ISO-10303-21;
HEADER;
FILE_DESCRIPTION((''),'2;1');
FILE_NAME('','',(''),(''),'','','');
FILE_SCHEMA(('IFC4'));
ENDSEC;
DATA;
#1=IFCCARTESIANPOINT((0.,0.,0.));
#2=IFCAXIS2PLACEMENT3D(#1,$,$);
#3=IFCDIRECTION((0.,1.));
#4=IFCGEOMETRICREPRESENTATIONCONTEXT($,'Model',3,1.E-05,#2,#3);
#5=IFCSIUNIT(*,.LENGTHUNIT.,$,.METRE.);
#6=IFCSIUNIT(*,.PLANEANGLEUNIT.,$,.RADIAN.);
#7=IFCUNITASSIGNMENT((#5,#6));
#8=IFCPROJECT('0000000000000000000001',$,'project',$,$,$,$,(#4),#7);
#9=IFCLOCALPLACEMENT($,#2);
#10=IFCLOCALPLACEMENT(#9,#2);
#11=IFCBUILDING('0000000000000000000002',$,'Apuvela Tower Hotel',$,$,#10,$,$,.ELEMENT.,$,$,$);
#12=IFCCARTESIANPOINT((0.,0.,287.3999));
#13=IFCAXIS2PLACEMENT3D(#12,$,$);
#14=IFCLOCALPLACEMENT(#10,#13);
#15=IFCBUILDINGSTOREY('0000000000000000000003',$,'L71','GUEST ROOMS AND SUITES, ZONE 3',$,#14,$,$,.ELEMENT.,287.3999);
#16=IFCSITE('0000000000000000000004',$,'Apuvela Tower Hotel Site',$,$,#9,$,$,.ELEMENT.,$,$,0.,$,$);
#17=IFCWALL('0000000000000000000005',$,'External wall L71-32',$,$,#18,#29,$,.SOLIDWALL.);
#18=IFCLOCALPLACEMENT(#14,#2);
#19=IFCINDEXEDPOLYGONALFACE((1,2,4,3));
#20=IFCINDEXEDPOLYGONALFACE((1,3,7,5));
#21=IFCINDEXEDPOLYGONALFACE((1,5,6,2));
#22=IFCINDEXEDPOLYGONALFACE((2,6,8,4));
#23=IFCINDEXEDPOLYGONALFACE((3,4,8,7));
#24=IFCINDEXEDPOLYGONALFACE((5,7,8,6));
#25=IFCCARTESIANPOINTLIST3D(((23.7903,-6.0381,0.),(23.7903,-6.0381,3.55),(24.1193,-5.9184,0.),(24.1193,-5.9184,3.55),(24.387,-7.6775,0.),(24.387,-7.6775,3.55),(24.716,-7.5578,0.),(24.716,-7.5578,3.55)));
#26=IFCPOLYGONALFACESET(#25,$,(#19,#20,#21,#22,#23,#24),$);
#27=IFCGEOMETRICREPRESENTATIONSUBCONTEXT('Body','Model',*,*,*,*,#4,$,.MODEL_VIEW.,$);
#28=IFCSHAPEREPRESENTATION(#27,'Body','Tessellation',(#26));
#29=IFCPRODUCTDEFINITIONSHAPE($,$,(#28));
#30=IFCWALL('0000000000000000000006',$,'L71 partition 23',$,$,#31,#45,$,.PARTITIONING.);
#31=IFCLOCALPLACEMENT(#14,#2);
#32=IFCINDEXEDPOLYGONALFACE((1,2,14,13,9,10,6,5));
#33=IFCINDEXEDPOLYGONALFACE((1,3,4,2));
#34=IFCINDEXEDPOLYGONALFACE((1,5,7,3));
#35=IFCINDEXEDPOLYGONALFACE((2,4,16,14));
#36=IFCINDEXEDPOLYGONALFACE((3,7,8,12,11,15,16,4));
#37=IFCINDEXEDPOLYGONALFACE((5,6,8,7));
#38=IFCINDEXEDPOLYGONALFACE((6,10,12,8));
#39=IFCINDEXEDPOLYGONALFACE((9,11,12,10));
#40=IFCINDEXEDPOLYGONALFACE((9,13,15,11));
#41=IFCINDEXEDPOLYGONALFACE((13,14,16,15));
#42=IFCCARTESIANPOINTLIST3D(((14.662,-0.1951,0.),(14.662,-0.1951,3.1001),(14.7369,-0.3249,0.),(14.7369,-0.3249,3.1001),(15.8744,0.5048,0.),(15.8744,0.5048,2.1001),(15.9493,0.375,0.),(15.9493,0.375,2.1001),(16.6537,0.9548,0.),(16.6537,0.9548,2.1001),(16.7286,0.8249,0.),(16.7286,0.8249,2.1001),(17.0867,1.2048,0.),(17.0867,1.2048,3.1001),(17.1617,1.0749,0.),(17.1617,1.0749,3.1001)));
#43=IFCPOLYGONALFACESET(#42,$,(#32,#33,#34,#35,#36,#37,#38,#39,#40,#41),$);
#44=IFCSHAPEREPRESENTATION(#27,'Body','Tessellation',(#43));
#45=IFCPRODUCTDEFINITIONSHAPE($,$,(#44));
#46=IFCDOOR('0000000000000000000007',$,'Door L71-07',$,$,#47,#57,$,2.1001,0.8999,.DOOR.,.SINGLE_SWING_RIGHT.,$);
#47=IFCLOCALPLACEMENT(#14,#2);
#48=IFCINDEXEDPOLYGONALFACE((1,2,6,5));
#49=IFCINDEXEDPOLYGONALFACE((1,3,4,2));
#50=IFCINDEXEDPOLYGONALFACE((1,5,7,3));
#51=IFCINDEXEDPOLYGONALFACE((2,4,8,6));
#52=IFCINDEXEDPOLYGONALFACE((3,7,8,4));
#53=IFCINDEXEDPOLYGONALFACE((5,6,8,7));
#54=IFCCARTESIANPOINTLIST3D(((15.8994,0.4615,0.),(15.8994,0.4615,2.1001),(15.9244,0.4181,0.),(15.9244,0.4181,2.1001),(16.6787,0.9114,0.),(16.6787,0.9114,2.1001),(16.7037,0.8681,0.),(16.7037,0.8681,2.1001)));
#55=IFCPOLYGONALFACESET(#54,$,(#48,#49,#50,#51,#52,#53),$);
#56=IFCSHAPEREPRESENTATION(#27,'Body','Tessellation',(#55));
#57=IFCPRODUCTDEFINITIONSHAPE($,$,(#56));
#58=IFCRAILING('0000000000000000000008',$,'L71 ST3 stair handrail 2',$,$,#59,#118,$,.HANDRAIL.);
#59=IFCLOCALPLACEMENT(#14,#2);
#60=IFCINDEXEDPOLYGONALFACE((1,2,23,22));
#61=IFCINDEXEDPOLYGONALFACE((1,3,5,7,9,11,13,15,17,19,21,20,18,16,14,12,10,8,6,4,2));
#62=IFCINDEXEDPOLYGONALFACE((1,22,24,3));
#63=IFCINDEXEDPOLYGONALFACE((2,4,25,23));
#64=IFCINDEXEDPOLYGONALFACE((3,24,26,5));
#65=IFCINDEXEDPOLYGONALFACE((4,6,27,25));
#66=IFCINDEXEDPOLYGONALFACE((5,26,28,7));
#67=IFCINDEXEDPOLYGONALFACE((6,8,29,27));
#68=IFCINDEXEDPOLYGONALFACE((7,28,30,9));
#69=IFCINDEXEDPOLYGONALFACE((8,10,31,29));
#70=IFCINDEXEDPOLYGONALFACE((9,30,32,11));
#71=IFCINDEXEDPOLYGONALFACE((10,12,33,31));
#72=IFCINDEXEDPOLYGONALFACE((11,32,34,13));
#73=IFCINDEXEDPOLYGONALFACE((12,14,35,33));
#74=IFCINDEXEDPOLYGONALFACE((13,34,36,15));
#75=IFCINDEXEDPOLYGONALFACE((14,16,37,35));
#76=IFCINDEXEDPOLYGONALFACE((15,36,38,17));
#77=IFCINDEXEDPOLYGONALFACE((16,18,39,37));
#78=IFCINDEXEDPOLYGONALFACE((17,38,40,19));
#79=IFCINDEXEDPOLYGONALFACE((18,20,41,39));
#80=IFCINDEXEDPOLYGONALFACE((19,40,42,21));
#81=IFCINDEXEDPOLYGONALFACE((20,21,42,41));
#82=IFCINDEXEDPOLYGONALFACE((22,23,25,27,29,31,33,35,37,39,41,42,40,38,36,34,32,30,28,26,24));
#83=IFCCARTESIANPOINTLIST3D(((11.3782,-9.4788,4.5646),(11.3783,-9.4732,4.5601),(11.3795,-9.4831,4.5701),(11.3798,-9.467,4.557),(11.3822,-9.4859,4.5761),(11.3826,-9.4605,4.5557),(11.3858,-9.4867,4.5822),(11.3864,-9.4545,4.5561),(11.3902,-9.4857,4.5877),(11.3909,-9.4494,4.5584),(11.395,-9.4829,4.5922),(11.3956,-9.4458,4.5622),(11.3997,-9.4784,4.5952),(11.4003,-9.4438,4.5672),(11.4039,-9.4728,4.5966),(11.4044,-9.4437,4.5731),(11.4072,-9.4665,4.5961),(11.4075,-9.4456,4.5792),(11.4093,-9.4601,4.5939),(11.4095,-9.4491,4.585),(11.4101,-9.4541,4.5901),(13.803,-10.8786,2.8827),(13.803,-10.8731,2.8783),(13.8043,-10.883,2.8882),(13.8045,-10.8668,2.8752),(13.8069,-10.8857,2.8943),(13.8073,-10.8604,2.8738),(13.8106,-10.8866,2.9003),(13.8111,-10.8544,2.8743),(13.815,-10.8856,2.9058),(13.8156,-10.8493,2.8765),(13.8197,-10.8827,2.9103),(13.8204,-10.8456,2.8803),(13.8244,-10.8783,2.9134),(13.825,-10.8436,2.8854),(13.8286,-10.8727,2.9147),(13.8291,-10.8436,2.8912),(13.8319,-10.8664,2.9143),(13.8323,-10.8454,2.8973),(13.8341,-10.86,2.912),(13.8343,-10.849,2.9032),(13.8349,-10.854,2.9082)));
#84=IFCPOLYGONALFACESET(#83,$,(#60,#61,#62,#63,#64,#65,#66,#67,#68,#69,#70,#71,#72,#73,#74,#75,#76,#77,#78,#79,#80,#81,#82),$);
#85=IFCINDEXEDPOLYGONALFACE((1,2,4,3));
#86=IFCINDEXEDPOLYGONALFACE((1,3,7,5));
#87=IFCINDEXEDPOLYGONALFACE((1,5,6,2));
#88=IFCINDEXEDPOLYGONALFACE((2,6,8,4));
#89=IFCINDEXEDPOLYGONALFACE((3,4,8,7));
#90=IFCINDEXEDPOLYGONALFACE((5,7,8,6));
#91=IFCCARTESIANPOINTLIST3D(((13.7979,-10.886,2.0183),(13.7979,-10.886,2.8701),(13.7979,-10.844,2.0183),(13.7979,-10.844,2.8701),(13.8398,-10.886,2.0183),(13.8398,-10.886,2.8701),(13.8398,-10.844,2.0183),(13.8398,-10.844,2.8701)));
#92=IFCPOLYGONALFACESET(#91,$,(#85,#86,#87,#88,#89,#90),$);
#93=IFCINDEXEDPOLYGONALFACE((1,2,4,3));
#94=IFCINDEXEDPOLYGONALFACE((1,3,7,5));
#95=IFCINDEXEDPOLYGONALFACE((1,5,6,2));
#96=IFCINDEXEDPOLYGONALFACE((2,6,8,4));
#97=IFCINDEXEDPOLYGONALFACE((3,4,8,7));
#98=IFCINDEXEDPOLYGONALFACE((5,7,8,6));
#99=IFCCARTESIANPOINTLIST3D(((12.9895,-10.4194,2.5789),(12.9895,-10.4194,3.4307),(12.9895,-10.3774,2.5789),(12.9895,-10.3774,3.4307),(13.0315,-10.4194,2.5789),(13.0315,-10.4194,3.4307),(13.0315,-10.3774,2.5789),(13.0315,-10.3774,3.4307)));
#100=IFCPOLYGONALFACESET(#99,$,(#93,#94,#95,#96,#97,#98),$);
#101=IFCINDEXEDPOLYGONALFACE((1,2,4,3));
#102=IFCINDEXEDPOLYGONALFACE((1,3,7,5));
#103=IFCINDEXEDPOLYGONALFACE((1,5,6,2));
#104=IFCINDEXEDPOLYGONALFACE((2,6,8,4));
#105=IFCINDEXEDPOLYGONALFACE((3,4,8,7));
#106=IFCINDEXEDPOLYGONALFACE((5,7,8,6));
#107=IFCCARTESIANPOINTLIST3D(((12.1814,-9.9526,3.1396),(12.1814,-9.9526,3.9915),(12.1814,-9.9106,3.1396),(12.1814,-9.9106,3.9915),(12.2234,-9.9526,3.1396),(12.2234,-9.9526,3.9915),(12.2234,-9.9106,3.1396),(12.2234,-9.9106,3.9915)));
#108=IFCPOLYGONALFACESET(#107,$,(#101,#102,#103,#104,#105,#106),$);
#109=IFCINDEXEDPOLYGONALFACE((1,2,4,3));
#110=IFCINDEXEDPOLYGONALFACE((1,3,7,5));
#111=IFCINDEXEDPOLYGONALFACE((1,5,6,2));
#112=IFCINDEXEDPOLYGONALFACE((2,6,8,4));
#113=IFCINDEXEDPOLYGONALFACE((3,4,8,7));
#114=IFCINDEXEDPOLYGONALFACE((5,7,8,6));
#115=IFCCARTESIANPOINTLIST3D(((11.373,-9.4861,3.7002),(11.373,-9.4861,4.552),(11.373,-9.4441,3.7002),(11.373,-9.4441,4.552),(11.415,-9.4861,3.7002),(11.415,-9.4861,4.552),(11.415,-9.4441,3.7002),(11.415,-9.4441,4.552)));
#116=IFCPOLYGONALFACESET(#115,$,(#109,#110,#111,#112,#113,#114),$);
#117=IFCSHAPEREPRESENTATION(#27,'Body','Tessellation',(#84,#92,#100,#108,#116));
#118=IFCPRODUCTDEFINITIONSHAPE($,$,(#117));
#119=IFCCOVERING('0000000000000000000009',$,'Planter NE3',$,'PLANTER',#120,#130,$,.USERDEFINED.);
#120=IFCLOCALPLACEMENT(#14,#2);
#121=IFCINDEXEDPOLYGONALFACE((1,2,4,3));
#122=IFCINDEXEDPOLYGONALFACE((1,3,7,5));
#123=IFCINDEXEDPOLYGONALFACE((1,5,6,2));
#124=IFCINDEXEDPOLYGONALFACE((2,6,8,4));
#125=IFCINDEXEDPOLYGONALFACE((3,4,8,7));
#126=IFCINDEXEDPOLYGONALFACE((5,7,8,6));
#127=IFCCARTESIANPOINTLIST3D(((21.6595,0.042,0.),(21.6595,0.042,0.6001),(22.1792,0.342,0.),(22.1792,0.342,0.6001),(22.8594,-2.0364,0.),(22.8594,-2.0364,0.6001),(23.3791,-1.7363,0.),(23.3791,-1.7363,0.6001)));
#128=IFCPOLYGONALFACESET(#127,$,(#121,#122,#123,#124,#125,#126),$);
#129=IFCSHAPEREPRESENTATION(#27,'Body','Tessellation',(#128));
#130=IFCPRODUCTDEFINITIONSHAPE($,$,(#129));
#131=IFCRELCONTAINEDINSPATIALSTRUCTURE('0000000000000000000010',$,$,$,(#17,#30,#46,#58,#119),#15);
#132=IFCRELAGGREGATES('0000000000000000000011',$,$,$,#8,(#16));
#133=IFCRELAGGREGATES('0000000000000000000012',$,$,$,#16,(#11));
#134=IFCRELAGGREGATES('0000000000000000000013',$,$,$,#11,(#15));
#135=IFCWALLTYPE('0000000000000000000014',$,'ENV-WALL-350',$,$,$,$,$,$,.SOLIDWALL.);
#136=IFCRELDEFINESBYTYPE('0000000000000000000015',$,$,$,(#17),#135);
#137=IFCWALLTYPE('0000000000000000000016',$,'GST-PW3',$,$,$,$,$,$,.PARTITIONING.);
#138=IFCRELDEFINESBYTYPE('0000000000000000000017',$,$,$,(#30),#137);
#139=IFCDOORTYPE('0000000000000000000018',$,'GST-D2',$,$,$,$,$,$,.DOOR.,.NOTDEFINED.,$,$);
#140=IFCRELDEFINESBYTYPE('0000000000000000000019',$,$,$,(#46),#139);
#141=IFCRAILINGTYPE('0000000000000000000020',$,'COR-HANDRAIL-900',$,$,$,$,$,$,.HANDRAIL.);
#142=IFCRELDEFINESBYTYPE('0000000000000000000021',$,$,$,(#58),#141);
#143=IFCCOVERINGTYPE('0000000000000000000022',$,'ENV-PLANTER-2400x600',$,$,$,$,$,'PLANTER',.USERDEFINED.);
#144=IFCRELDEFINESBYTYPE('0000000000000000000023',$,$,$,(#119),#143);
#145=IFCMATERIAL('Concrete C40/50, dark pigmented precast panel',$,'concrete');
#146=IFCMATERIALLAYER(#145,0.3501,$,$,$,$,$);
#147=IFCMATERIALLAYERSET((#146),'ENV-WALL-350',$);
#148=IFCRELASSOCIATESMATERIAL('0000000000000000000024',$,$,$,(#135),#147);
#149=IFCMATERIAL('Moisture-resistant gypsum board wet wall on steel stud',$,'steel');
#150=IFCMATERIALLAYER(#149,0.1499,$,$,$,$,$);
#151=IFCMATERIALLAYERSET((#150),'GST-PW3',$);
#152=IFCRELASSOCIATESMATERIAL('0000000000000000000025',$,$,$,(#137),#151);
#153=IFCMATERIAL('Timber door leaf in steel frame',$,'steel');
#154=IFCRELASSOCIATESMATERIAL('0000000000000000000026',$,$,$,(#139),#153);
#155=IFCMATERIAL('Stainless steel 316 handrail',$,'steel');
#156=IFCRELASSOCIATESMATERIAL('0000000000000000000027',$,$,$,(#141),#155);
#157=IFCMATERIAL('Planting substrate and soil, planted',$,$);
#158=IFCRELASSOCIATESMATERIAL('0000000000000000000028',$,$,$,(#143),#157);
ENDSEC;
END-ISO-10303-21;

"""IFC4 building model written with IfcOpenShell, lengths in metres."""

from ifc_helpers import new_model, si_unit, direction, frame, frame_2d, origin, origin_2d, place, context, subcontext, project, spatial, rectangle, circle, extrude, material, layer, layer_set, type_object, element, fill, save


model = new_model("IFC4")

# Units and contexts
model_context = context("Model", 3, precision=1e-05, world=origin(), true_north=direction((0.0, 1.0)))
body_context = subcontext(model_context, "Body", "Model", "MODEL_VIEW")
ifc_project = project(units=[si_unit("LENGTHUNIT", "METRE"), si_unit("PLANEANGLEUNIT", "RADIAN")], contexts=[model_context])

# Site, building, storey
site_placement = place(None, origin())
site = spatial("IfcSite", under=ifc_project, at=site_placement, Name="Apuvela Tower Hotel Site", CompositionType="ELEMENT", RefElevation=0.0)
building_placement = place(site_placement, origin())
building = spatial("IfcBuilding", under=site, at=building_placement, Name="Apuvela Tower Hotel", CompositionType="ELEMENT")
storey_placement = place(building_placement, frame((0.0, 0.0, 287.3999)))
storey = spatial("IfcBuildingStorey", under=building, at=storey_placement, Name="L71", Description="GUEST ROOMS AND SUITES, ZONE 3", CompositionType="ELEMENT", Elevation=287.3999)

# Wall
ifc_material_1 = material(Name="Concrete C40/50, dark pigmented precast panel", Category="concrete")
ifc_layer_1 = layer(ifc_material_1, 0.3501)
ifc_layer_set_1 = layer_set([ifc_layer_1], Name="ENV-WALL-350")
wall_type_1 = type_object("IfcWallType", Name="ENV-WALL-350", PredefinedType="SOLIDWALL", material=ifc_layer_set_1)
for number, where, z_axis, x_axis, name in (
    (1, (24.5515, -7.6177, 0.0), (0.0, 0.0, 1.0), (-0.342013, 0.939695, 0.0), "External wall L71-32"),
):
    element("IfcWall", number, at=place(storey_placement, frame(where, z_axis=z_axis, x_axis=x_axis)), inside=storey, type_object=wall_type_1, Name=name, PredefinedType="SOLIDWALL", context=body_context, shape_type="SweptSolid", body=[
        extrude(rectangle(XDim=1.7446, YDim=0.3501, at=frame_2d((0.8723, 0.0))), origin(), (0.0, 0.0, 1.0), 3.55),
    ])

# Wall, opening, door
ifc_material_2 = material(Name="Moisture-resistant gypsum board wet wall on steel stud", Category="steel")
ifc_layer_2 = layer(ifc_material_2, 0.1499)
ifc_layer_set_2 = layer_set([ifc_layer_2], Name="GST-PW3")
wall_type_2 = type_object("IfcWallType", Name="GST-PW3", PredefinedType="PARTITIONING", material=ifc_layer_set_2)
wall_1_placement = place(storey_placement, frame((14.6995, -0.26, 0.0), z_axis=(0.0, 0.0, 1.0), x_axis=(0.866035, 0.499984, 0.0)))
wall_1 = element("IfcWall", 2, at=wall_1_placement, inside=storey, type_object=wall_type_2, Name="L71 partition 23", PredefinedType="PARTITIONING", context=body_context, shape_type="SweptSolid", body=[
    extrude(rectangle(XDim=2.7998, YDim=0.1499, at=frame_2d((1.3999, 0.0))), origin(), (0.0, 0.0, 1.0), 3.1001),
])
opening_1_placement = place(wall_1_placement, frame((1.3999, 0.0, 0.0)))
opening_1 = element("IfcOpeningElement", 3, at=opening_1_placement, cuts=wall_1, PredefinedType="OPENING", context=body_context, shape_type="SweptSolid", body=[
    extrude(rectangle(XDim=0.8999, YDim=2.1001, at=frame_2d((0.45, 1.05))), frame((0.0, 0.085, 0.0), z_axis=(0.0, -1.0, 0.0), x_axis=(1.0, 0.0, 0.0)), (0.0, 0.0, 1.0), 0.1699),
])
ifc_material_3 = material(Name="Timber door leaf in steel frame", Category="steel")
door_type_1 = type_object("IfcDoorType", Name="GST-D2", OperationType="NOTDEFINED", PredefinedType="DOOR", material=ifc_material_3)
door_1_placement = place(opening_1_placement, origin())
door_1 = element("IfcDoor", 4, at=door_1_placement, inside=storey, type_object=door_type_1, Name="Door L71-07", OperationType="SINGLE_SWING_RIGHT", OverallHeight=2.1001, OverallWidth=0.8999, PredefinedType="DOOR", context=body_context, shape_type="SweptSolid", body=[
    extrude(rectangle(XDim=0.8999, YDim=2.1001, at=frame_2d((0.45, 1.05))), frame((0.0, 0.0249, 0.0), z_axis=(0.0, -1.0, 0.0), x_axis=(1.0, 0.0, 0.0)), (0.0, 0.0, 1.0), 0.05),
])
fill(opening_1, door_1)

# Railing
ifc_material_4 = material(Name="Stainless steel 316 handrail", Category="steel")
railing_type_1 = type_object("IfcRailingType", Name="COR-HANDRAIL-900", PredefinedType="HANDRAIL", material=ifc_material_4)
railing_1_placement = place(storey_placement, frame((13.8188, -10.865, 2.0183)))
element("IfcRailing", 5, at=railing_1_placement, inside=storey, type_object=railing_type_1, Name="L71 ST3 stair handrail 2", PredefinedType="HANDRAIL", context=body_context, shape_type="SweptSolid", body=[
    extrude(circle(Radius=0.0239, at=origin_2d()), frame((0.0, 0.0, 0.876), z_axis=(-0.74239, 0.428601, 0.514934), x_axis=(-0.499984, -0.866035, 0.0)), (0.0, 0.0, 1.0), 3.2661),
    extrude(rectangle(XDim=0.042, YDim=0.042, at=origin_2d()), origin(), (0.0, 0.0, 1.0), 0.8518),
    extrude(rectangle(XDim=0.042, YDim=0.042, at=origin_2d()), frame((-0.8083, 0.4666, 0.5605)), (0.0, 0.0, 1.0), 0.8518),
    extrude(rectangle(XDim=0.042, YDim=0.042, at=origin_2d()), frame((-1.6165, 0.9333, 1.1213)), (0.0, 0.0, 1.0), 0.8518),
    extrude(rectangle(XDim=0.042, YDim=0.042, at=origin_2d()), frame((-2.4248, 1.3999, 1.6819)), (0.0, 0.0, 1.0), 0.8518),
])

# Covering
ifc_material_5 = material(Name="Planting substrate and soil, planted")
covering_type = type_object("IfcCoveringType", Name="ENV-PLANTER-2400x600", ElementType="PLANTER", PredefinedType="USERDEFINED", material=ifc_material_5)
covering_placement = place(storey_placement, frame((22.5193, -0.8472, 0.0), z_axis=(0.0, 0.0, 1.0), x_axis=(-0.5, 0.866025, 0.0)))
element("IfcCovering", 6, at=covering_placement, inside=storey, type_object=covering_type, Name="Planter NE3", ObjectType="PLANTER", PredefinedType="USERDEFINED", context=body_context, shape_type="SweptSolid", body=[
    extrude(rectangle(XDim=2.3999, YDim=0.6001, at=origin_2d()), origin(), (0.0, 0.0, 1.0), 0.6001),
])

save(model, "model.ifc")
